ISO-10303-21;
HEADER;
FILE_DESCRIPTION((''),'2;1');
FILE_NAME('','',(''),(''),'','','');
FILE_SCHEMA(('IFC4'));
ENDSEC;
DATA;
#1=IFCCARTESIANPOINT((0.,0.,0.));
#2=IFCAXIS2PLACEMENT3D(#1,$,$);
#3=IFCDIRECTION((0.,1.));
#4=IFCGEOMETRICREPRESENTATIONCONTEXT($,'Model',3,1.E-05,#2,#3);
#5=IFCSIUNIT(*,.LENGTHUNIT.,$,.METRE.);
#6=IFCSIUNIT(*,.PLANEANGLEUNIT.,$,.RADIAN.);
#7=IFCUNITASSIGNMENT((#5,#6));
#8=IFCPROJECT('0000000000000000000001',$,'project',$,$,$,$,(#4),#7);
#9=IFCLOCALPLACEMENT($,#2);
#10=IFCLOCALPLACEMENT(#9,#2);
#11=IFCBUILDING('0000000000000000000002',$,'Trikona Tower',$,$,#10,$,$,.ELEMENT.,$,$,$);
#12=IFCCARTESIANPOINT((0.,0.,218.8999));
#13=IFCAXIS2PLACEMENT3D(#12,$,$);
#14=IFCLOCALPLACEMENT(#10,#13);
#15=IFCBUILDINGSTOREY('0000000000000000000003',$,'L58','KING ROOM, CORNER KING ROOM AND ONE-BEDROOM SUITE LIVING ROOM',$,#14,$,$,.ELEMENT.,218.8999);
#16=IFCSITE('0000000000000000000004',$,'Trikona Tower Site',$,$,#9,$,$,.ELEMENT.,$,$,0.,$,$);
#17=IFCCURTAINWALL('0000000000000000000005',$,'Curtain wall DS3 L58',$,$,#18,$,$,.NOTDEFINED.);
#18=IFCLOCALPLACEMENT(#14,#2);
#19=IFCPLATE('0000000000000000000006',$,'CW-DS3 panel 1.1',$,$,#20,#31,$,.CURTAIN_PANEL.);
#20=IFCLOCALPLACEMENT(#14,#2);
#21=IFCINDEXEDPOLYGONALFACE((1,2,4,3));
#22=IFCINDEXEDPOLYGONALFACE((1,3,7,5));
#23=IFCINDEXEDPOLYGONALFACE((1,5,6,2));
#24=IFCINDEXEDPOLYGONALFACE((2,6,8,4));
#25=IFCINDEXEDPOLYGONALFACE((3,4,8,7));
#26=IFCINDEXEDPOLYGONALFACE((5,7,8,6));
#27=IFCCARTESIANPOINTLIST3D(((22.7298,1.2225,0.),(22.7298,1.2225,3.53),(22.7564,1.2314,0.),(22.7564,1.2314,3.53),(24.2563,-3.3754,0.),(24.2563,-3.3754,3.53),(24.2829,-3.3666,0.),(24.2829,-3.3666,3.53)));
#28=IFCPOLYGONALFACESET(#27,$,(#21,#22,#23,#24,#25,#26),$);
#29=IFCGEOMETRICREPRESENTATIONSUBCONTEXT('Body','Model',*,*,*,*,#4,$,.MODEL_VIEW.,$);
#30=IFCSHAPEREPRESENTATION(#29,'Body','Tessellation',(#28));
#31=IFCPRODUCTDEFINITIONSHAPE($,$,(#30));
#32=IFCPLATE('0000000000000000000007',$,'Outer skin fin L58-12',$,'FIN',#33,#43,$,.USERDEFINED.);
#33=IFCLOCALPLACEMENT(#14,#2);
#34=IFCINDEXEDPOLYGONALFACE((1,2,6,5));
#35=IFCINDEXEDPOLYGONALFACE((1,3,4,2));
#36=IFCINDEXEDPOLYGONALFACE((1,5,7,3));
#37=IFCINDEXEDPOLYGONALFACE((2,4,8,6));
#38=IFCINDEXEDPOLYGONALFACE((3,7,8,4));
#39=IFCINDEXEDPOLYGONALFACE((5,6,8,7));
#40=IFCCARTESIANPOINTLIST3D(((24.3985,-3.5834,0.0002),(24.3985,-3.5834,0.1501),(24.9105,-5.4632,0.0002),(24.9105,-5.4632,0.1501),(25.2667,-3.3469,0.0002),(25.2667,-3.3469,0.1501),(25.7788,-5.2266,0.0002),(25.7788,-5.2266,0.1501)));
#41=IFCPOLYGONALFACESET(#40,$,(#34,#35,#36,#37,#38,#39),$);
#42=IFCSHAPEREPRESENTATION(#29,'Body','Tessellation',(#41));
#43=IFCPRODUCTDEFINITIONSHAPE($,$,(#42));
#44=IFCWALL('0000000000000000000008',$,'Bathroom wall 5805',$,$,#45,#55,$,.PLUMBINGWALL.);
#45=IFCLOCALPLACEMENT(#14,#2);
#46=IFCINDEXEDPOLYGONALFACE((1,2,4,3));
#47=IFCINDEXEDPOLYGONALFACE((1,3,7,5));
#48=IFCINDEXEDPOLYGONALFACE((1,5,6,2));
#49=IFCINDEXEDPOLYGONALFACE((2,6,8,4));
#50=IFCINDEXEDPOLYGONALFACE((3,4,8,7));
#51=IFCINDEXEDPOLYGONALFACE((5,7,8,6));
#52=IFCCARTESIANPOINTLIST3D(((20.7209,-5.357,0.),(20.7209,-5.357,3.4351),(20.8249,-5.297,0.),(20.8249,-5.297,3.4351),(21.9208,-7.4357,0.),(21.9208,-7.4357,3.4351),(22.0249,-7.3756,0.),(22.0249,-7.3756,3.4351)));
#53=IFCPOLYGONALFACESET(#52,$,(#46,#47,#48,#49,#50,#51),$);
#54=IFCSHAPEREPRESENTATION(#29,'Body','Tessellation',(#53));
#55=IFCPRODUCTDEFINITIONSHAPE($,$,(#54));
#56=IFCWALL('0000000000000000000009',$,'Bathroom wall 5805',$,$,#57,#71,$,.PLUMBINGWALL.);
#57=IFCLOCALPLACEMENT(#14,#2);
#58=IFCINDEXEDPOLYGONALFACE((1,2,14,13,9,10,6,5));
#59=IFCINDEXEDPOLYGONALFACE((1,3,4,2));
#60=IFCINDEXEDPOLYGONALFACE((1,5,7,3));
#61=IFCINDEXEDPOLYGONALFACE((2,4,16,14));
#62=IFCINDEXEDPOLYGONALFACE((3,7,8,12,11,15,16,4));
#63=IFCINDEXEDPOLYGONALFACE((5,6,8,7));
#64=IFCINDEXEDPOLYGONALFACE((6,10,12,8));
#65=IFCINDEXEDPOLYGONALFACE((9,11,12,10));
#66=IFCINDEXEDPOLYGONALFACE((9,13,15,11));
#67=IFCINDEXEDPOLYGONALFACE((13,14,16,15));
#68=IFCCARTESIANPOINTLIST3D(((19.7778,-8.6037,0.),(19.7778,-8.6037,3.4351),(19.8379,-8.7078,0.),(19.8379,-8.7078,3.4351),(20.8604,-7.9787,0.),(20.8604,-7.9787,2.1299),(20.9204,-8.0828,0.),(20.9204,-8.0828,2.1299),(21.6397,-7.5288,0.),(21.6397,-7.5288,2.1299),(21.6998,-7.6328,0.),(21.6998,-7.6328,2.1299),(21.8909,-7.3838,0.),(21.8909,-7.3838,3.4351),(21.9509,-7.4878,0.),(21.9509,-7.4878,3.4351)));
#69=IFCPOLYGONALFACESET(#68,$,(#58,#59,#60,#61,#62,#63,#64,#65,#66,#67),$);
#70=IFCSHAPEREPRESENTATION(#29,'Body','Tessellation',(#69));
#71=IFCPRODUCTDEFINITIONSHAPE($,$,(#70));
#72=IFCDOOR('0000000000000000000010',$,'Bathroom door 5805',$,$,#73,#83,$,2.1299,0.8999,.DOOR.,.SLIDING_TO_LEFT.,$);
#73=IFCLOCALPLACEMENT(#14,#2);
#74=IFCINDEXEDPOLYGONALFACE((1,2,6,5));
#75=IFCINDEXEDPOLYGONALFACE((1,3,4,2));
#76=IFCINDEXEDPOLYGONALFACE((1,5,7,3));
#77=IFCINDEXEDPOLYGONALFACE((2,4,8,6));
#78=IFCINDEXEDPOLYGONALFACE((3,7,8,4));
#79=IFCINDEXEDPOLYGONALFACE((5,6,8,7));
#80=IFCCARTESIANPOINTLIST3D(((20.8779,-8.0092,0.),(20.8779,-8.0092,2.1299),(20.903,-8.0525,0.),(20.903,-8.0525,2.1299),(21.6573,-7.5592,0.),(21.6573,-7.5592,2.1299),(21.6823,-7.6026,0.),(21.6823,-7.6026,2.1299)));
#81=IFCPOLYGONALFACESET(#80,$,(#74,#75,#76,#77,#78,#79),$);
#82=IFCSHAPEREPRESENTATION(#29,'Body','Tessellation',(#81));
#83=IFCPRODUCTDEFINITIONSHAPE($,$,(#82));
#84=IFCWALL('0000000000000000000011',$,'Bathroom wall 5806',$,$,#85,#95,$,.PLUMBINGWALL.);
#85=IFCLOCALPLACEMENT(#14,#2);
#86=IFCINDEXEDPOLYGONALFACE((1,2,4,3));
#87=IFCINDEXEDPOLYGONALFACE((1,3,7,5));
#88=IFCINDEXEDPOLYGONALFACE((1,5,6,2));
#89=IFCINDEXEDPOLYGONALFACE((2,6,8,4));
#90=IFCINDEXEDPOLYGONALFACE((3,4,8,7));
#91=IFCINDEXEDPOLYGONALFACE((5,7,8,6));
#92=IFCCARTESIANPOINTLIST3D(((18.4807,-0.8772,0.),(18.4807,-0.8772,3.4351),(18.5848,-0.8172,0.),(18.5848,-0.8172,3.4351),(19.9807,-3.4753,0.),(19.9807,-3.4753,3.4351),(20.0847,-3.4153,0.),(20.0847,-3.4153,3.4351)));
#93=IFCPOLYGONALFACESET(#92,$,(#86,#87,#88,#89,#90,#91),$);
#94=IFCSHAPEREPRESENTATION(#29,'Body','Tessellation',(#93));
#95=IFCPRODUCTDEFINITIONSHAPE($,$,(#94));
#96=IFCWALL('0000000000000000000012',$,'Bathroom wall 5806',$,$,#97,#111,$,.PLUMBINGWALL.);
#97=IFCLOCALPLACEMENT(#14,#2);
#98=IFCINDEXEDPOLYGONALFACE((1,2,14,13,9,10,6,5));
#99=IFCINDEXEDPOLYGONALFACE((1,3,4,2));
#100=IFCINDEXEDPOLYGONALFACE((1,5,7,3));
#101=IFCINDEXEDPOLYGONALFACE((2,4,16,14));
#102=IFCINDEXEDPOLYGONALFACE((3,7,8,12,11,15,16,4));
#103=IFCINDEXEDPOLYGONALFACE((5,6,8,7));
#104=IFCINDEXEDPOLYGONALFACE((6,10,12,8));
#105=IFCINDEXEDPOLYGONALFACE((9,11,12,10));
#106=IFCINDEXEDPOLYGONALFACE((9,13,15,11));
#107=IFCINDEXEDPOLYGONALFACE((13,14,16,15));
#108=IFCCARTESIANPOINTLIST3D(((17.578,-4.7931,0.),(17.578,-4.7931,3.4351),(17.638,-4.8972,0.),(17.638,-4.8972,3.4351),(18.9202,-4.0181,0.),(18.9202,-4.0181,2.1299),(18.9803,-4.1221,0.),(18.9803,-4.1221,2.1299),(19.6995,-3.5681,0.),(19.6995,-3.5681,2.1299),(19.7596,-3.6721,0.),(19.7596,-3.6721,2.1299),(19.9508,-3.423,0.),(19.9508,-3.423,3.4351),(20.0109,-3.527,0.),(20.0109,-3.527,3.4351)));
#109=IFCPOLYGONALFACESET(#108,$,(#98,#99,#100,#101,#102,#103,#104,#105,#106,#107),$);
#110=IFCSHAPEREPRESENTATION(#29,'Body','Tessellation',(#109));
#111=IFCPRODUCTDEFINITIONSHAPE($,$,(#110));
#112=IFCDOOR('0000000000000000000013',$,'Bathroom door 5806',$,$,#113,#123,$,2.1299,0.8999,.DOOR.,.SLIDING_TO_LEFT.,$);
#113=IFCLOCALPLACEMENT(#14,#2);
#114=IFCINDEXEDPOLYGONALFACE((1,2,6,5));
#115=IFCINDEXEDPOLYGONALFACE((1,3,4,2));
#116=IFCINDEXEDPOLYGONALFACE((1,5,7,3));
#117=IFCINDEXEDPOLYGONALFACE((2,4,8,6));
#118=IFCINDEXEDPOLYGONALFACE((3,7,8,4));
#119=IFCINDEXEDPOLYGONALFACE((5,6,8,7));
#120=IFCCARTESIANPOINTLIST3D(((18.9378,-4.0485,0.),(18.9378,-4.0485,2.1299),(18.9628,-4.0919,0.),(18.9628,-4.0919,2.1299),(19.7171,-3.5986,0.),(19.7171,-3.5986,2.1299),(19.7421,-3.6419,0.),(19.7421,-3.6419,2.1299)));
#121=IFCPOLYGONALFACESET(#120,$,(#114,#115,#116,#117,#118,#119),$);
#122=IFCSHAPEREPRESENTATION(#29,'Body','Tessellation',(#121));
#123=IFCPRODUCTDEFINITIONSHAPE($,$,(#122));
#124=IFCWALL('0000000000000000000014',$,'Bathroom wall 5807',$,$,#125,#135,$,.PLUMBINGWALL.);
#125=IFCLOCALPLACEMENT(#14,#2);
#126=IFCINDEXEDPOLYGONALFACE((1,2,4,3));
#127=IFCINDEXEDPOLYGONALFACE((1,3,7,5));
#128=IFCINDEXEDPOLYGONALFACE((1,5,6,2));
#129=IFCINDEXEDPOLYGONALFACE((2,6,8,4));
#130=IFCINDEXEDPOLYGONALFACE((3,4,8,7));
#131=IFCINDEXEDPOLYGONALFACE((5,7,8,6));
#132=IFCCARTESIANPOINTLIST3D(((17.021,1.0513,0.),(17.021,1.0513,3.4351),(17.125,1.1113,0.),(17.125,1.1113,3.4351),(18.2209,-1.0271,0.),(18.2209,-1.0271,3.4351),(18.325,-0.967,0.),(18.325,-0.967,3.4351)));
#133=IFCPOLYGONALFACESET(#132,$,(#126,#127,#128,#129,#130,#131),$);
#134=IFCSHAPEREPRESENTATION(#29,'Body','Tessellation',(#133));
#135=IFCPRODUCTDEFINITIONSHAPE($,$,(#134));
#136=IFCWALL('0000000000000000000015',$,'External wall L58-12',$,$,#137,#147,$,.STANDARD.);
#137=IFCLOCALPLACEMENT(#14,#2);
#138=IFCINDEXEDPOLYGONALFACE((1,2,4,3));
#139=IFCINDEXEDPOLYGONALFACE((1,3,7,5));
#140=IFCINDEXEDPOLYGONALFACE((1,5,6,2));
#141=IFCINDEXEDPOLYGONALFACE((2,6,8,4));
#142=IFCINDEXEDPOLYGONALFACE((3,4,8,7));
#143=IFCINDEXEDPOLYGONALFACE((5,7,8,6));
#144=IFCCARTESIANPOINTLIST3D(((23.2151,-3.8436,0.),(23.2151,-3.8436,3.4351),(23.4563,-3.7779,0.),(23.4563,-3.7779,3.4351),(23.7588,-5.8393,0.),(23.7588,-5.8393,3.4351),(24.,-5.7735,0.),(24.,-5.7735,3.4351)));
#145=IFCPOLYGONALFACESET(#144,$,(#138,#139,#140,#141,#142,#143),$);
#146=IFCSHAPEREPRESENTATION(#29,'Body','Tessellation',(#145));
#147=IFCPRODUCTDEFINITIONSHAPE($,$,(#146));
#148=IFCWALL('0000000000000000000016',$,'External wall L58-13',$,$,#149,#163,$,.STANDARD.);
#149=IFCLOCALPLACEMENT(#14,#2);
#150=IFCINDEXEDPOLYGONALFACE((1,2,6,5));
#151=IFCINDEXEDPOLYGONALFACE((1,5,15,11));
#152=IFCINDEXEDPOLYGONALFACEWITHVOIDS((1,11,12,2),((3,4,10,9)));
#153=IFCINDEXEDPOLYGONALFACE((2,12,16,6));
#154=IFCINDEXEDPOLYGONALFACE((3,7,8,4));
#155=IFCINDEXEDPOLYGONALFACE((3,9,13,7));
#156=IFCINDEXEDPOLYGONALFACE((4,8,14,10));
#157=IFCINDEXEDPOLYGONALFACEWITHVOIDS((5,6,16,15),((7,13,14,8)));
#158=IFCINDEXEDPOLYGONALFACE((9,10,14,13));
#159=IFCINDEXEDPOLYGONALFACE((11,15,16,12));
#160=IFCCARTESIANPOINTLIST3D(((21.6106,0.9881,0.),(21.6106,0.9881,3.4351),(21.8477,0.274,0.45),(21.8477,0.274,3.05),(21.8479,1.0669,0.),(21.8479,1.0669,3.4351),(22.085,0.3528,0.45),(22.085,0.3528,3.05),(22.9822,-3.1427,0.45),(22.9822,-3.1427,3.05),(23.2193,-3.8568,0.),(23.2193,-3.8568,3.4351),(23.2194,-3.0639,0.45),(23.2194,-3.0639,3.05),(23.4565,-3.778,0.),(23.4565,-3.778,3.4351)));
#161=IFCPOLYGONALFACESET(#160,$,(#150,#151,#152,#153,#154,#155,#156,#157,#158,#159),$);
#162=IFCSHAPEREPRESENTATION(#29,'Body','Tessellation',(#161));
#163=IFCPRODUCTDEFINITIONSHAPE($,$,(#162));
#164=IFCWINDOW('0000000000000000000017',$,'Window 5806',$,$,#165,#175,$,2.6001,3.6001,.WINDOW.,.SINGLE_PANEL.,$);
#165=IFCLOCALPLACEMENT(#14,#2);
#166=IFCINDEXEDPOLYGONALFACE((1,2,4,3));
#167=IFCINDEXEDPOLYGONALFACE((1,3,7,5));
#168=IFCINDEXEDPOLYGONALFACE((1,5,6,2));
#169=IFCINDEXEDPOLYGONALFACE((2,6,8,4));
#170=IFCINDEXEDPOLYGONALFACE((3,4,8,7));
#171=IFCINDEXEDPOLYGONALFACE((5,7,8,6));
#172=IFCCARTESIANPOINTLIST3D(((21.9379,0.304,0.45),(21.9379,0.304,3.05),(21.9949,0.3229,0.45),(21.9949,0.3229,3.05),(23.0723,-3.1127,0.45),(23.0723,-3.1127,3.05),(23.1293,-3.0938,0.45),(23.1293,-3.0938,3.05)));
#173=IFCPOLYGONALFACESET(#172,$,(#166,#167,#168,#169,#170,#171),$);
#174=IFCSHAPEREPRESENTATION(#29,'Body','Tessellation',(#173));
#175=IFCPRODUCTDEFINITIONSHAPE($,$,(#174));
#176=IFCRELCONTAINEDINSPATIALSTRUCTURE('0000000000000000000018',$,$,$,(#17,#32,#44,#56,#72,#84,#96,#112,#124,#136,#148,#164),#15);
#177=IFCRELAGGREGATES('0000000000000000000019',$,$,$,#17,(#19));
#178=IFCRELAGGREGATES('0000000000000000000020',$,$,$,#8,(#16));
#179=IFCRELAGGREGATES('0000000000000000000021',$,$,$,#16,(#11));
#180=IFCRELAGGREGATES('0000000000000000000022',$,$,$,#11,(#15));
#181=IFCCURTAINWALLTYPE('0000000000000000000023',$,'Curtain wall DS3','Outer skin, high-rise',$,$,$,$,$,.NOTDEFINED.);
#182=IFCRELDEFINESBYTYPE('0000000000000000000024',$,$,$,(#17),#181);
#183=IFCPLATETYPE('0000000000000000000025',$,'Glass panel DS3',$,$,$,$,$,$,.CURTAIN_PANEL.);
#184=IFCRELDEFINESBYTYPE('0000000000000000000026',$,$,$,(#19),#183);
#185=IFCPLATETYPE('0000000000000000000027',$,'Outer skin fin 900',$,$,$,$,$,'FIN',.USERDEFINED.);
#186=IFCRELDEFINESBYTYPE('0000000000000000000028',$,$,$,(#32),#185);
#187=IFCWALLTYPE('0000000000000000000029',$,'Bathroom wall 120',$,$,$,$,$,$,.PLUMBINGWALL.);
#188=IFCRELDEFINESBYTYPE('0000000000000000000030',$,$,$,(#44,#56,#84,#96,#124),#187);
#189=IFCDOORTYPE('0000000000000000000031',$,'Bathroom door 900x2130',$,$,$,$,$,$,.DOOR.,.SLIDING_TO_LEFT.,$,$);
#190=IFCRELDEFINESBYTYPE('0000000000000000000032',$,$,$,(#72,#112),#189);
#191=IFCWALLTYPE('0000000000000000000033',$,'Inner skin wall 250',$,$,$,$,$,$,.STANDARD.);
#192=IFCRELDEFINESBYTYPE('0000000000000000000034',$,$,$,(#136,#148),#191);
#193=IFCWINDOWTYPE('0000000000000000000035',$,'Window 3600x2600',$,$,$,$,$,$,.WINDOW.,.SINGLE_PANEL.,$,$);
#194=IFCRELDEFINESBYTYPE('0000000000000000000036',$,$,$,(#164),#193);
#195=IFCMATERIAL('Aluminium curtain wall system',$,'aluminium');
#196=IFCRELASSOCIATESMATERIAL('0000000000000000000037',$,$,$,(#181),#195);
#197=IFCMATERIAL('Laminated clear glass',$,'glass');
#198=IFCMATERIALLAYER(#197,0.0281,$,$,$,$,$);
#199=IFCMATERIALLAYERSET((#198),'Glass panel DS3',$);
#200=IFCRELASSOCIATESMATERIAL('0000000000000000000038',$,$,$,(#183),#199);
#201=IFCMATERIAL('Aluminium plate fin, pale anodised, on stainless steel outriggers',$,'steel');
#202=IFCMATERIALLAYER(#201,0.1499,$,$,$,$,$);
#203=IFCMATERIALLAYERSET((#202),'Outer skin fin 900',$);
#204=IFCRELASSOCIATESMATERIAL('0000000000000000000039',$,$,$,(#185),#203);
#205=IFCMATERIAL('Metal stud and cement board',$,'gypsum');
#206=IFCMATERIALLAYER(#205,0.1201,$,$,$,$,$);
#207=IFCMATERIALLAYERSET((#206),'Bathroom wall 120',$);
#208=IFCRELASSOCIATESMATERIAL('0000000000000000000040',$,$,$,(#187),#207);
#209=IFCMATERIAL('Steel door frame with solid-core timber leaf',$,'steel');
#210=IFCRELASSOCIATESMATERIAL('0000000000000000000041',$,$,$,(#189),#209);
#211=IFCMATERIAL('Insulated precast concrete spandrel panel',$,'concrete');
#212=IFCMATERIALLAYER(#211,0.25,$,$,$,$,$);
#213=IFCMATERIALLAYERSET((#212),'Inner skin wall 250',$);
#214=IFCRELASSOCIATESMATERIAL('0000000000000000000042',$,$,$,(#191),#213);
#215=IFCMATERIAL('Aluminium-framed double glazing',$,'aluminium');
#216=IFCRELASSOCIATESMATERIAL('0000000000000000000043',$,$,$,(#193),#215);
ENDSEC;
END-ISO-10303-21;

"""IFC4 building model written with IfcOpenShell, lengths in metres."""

from ifc_helpers import new_model, si_unit, direction, frame, frame_2d, origin, origin_2d, place, context, subcontext, project, spatial, rectangle, extrude, material, layer, layer_set, type_object, element, fill, aggregate, save


model = new_model("IFC4")

# Units and contexts
model_context = context("Model", 3, precision=1e-05, world=origin(), true_north=direction((0.0, 1.0)))
body_context = subcontext(model_context, "Body", "Model", "MODEL_VIEW")
ifc_project = project(units=[si_unit("LENGTHUNIT", "METRE"), si_unit("PLANEANGLEUNIT", "RADIAN")], contexts=[model_context])

# Site, building, storey
site_placement = place(None, origin())
site = spatial("IfcSite", under=ifc_project, at=site_placement, Name="Trikona Tower Site", CompositionType="ELEMENT", RefElevation=0.0)
building_placement = place(site_placement, origin())
building = spatial("IfcBuilding", under=site, at=building_placement, Name="Trikona Tower", CompositionType="ELEMENT")
storey_placement = place(building_placement, frame((0.0, 0.0, 218.8999)))
storey = spatial("IfcBuildingStorey", under=building, at=storey_placement, Name="L58", Description="KING ROOM, CORNER KING ROOM AND ONE-BEDROOM SUITE LIVING ROOM", CompositionType="ELEMENT", Elevation=218.8999)

# Shared definitions
ifc_material_1 = material(Name="Aluminium curtain wall system", Category="aluminium")
curtain_wall_type = type_object("IfcCurtainWallType", Name="Curtain wall DS3", Description="Outer skin, high-rise", PredefinedType="NOTDEFINED", material=ifc_material_1)

# Curtain wall
curtain_wall_1_placement = place(storey_placement, origin())
curtain_wall_1 = element("IfcCurtainWall", 1, at=curtain_wall_1_placement, inside=storey, type_object=curtain_wall_type, Name="Curtain wall DS3 L58", PredefinedType="NOTDEFINED")

# Plates
ifc_material_2 = material(Name="Laminated clear glass", Category="glass")
ifc_layer_1 = layer(ifc_material_2, 0.0281)
ifc_layer_set_1 = layer_set([ifc_layer_1], Name="Glass panel DS3")
plate_type_1 = type_object("IfcPlateType", Name="Glass panel DS3", PredefinedType="CURTAIN_PANEL", material=ifc_layer_set_1)
plate_1_placement = place(storey_placement, frame((23.5063, -1.072, 0.0), z_axis=(0.0, 0.0, 1.0), x_axis=(-0.315078, 0.949066, 0.0)))
plate_1 = element("IfcPlate", 2, at=plate_1_placement, type_object=plate_type_1, Name="CW-DS3 panel 1.1", PredefinedType="CURTAIN_PANEL", context=body_context, shape_type="SweptSolid", body=[
    extrude(rectangle(XDim=4.8447, YDim=0.0281, at=origin_2d()), origin(), (0.0, 0.0, 1.0), 3.53),
])
aggregate(curtain_wall_1, [plate_1])
ifc_material_3 = material(Name="Aluminium plate fin, pale anodised, on stainless steel outriggers", Category="steel")
ifc_layer_2 = layer(ifc_material_3, 0.1499)
ifc_layer_set_2 = layer_set([ifc_layer_2], Name="Outer skin fin 900")
plate_type_2 = type_object("IfcPlateType", Name="Outer skin fin 900", ElementType="FIN", PredefinedType="USERDEFINED", material=ifc_layer_set_2)
plate_2_placement = place(storey_placement, frame((25.0886, -4.405, 0.0002), z_axis=(0.0, 0.0, 1.0), x_axis=(-0.262822, 0.964844, 0.0)))
element("IfcPlate", 3, at=plate_2_placement, inside=storey, type_object=plate_type_2, Name="Outer skin fin L58-12", ObjectType="FIN", PredefinedType="USERDEFINED", context=body_context, shape_type="SweptSolid", body=[
    extrude(rectangle(XDim=1.9482, YDim=0.8999, at=origin_2d()), origin(), (0.0, 0.0, 1.0), 0.1499),
])

# Wall
ifc_material_4 = material(Name="Metal stud and cement board", Category="gypsum")
ifc_layer_3 = layer(ifc_material_4, 0.1201)
ifc_layer_set_3 = layer_set([ifc_layer_3], Name="Bathroom wall 120")
wall_type_1 = type_object("IfcWallType", Name="Bathroom wall 120", PredefinedType="PLUMBINGWALL", material=ifc_layer_set_3)
wall_1_placement = place(storey_placement, frame((21.9729, -7.4058, 0.0), z_axis=(0.0, 0.0, 1.0), x_axis=(-0.499957, 0.86605, 0.0)))
element("IfcWall", 4, at=wall_1_placement, inside=storey, type_object=wall_type_1, Name="Bathroom wall 5805", PredefinedType="PLUMBINGWALL", context=body_context, shape_type="SweptSolid", body=[
    extrude(rectangle(XDim=2.4001, YDim=0.1201, at=frame_2d((1.2002, 0.0))), origin(), (0.0, 0.0, 1.0), 3.4351),
])

# Wall, opening, door
wall_2_placement = place(storey_placement, frame((19.8079, -8.6558, 0.0), z_axis=(0.0, 0.0, 1.0), x_axis=(0.866024, 0.500003, 0.0)))
wall_2 = element("IfcWall", 5, at=wall_2_placement, inside=storey, type_object=wall_type_1, Name="Bathroom wall 5805", PredefinedType="PLUMBINGWALL", context=body_context, shape_type="SweptSolid", body=[
    extrude(rectangle(XDim=2.4399, YDim=0.1201, at=frame_2d((1.22, 0.0))), origin(), (0.0, 0.0, 1.0), 3.4351),
])
opening_1_placement = place(wall_2_placement, frame((1.25, 0.0, 0.0)))
opening_1 = element("IfcOpeningElement", 6, at=opening_1_placement, cuts=wall_2, PredefinedType="OPENING", context=body_context, shape_type="SweptSolid", body=[
    extrude(rectangle(XDim=0.8999, YDim=2.1299, at=frame_2d((0.45, 1.0649))), frame((0.0, 0.0701, 0.0), z_axis=(0.0, -1.0, 0.0), x_axis=(1.0, 0.0, 0.0)), (0.0, 0.0, 1.0), 0.1401),
])
ifc_material_5 = material(Name="Steel door frame with solid-core timber leaf", Category="steel")
door_type = type_object("IfcDoorType", Name="Bathroom door 900x2130", OperationType="SLIDING_TO_LEFT", PredefinedType="DOOR", material=ifc_material_5)
door_1_placement = place(opening_1_placement, origin())
door_1 = element("IfcDoor", 7, at=door_1_placement, inside=storey, type_object=door_type, Name="Bathroom door 5805", OperationType="SLIDING_TO_LEFT", OverallHeight=2.1299, OverallWidth=0.8999, PredefinedType="DOOR", context=body_context, shape_type="SweptSolid", body=[
    extrude(rectangle(XDim=0.8999, YDim=2.1299, at=frame_2d((0.45, 1.0649))), frame((0.0, 0.0249, 0.0), z_axis=(0.0, -1.0, 0.0), x_axis=(1.0, 0.0, 0.0)), (0.0, 0.0, 1.0), 0.05),
])
fill(opening_1, door_1)

# Wall
wall_3_placement = place(storey_placement, frame((20.0327, -3.4453, 0.0), z_axis=(0.0, 0.0, 1.0), x_axis=(-0.49999, 0.866031, 0.0)))
element("IfcWall", 8, at=wall_3_placement, inside=storey, type_object=wall_type_1, Name="Bathroom wall 5806", PredefinedType="PLUMBINGWALL", context=body_context, shape_type="SweptSolid", body=[
    extrude(rectangle(XDim=3.0, YDim=0.1201, at=frame_2d((1.5, 0.0))), origin(), (0.0, 0.0, 1.0), 3.4351),
])

# Wall, opening, door
wall_4_placement = place(storey_placement, frame((17.6079, -4.8452, 0.0), z_axis=(0.0, 0.0, 1.0), x_axis=(0.865997, 0.500049, 0.0)))
wall_4 = element("IfcWall", 9, at=wall_4_placement, inside=storey, type_object=wall_type_1, Name="Bathroom wall 5806", PredefinedType="PLUMBINGWALL", context=body_context, shape_type="SweptSolid", body=[
    extrude(rectangle(XDim=2.74, YDim=0.1201, at=frame_2d((1.3701, 0.0))), origin(), (0.0, 0.0, 1.0), 3.4351),
])
opening_2_placement = place(wall_4_placement, frame((1.55, 0.0, 0.0)))
opening_2 = element("IfcOpeningElement", 10, at=opening_2_placement, cuts=wall_4, PredefinedType="OPENING", context=body_context, shape_type="SweptSolid", body=[
    extrude(rectangle(XDim=0.8999, YDim=2.1299, at=frame_2d((0.45, 1.0649))), frame((0.0, 0.0701, 0.0), z_axis=(0.0, -1.0, 0.0), x_axis=(1.0, 0.0, 0.0)), (0.0, 0.0, 1.0), 0.1401),
])
door_2_placement = place(opening_2_placement, origin())
door_2 = element("IfcDoor", 11, at=door_2_placement, inside=storey, type_object=door_type, Name="Bathroom door 5806", OperationType="SLIDING_TO_LEFT", OverallHeight=2.1299, OverallWidth=0.8999, PredefinedType="DOOR", context=body_context, shape_type="SweptSolid", body=[
    extrude(rectangle(XDim=0.8999, YDim=2.1299, at=frame_2d((0.45, 1.0649))), frame((0.0, 0.0249, 0.0), z_axis=(0.0, -1.0, 0.0), x_axis=(1.0, 0.0, 0.0)), (0.0, 0.0, 1.0), 0.05),
])
fill(opening_2, door_2)

# Walls
wall_5_placement = place(storey_placement, frame((18.2729, -0.9971, 0.0), z_axis=(0.0, 0.0, 1.0), x_axis=(-0.500001, 0.866025, 0.0)))
element("IfcWall", 12, at=wall_5_placement, inside=storey, type_object=wall_type_1, Name="Bathroom wall 5807", PredefinedType="PLUMBINGWALL", context=body_context, shape_type="SweptSolid", body=[
    extrude(rectangle(XDim=2.3999, YDim=0.1201, at=frame_2d((1.2, 0.0))), origin(), (0.0, 0.0, 1.0), 3.4351),
])
ifc_material_6 = material(Name="Insulated precast concrete spandrel panel", Category="concrete")
ifc_layer_4 = layer(ifc_material_6, 0.25)
ifc_layer_set_4 = layer_set([ifc_layer_4], Name="Inner skin wall 250")
wall_type_2 = type_object("IfcWallType", Name="Inner skin wall 250", PredefinedType="STANDARD", material=ifc_layer_set_4)
wall_6_placement = place(storey_placement, frame((23.8794, -5.8064, 0.0), z_axis=(0.0, 0.0, 1.0), x_axis=(-0.262868, 0.964832, 0.0)))
element("IfcWall", 13, at=wall_6_placement, inside=storey, type_object=wall_type_2, Name="External wall L58-12", PredefinedType="STANDARD", context=body_context, shape_type="SweptSolid", body=[
    extrude(rectangle(XDim=2.0684, YDim=0.25, at=frame_2d((1.0342, 0.0))), origin(), (0.0, 0.0, 1.0), 3.4351),
])

# Wall, opening, window
wall_7_placement = place(storey_placement, frame((23.3379, -3.8174, 0.0), z_axis=(0.0, 0.0, 1.0), x_axis=(-0.315108, 0.949056, 0.0)))
wall_7 = element("IfcWall", 14, at=wall_7_placement, inside=storey, type_object=wall_type_2, Name="External wall L58-13", PredefinedType="STANDARD", context=body_context, shape_type="SweptSolid", body=[
    extrude(rectangle(XDim=5.105, YDim=0.25, at=frame_2d((2.5525, 0.0))), origin(), (0.0, 0.0, 1.0), 3.4351),
])
opening_3_placement = place(wall_7_placement, frame((0.7524, 0.0, 0.45)))
opening_3 = element("IfcOpeningElement", 15, at=opening_3_placement, cuts=wall_7, PredefinedType="OPENING", context=body_context, shape_type="SweptSolid", body=[
    extrude(rectangle(XDim=3.6001, YDim=2.6001, at=frame_2d((1.8, 1.3))), frame((0.0, 0.135, 0.0), z_axis=(0.0, -1.0, 0.0), x_axis=(1.0, 0.0, 0.0)), (0.0, 0.0, 1.0), 0.27),
])
ifc_material_7 = material(Name="Aluminium-framed double glazing", Category="aluminium")
window_type = type_object("IfcWindowType", Name="Window 3600x2600", PartitioningType="SINGLE_PANEL", PredefinedType="WINDOW", material=ifc_material_7)
window_placement = place(opening_3_placement, origin())
window = element("IfcWindow", 16, at=window_placement, inside=storey, type_object=window_type, Name="Window 5806", OverallHeight=2.6001, OverallWidth=3.6001, PartitioningType="SINGLE_PANEL", PredefinedType="WINDOW", context=body_context, shape_type="SweptSolid", body=[
    extrude(rectangle(XDim=3.6001, YDim=2.6001, at=frame_2d((1.8, 1.3))), frame((0.0, 0.03, 0.0), z_axis=(0.0, -1.0, 0.0), x_axis=(1.0, 0.0, 0.0)), (0.0, 0.0, 1.0), 0.0601),
])
fill(opening_3, window)

save(model, "model.ifc")
